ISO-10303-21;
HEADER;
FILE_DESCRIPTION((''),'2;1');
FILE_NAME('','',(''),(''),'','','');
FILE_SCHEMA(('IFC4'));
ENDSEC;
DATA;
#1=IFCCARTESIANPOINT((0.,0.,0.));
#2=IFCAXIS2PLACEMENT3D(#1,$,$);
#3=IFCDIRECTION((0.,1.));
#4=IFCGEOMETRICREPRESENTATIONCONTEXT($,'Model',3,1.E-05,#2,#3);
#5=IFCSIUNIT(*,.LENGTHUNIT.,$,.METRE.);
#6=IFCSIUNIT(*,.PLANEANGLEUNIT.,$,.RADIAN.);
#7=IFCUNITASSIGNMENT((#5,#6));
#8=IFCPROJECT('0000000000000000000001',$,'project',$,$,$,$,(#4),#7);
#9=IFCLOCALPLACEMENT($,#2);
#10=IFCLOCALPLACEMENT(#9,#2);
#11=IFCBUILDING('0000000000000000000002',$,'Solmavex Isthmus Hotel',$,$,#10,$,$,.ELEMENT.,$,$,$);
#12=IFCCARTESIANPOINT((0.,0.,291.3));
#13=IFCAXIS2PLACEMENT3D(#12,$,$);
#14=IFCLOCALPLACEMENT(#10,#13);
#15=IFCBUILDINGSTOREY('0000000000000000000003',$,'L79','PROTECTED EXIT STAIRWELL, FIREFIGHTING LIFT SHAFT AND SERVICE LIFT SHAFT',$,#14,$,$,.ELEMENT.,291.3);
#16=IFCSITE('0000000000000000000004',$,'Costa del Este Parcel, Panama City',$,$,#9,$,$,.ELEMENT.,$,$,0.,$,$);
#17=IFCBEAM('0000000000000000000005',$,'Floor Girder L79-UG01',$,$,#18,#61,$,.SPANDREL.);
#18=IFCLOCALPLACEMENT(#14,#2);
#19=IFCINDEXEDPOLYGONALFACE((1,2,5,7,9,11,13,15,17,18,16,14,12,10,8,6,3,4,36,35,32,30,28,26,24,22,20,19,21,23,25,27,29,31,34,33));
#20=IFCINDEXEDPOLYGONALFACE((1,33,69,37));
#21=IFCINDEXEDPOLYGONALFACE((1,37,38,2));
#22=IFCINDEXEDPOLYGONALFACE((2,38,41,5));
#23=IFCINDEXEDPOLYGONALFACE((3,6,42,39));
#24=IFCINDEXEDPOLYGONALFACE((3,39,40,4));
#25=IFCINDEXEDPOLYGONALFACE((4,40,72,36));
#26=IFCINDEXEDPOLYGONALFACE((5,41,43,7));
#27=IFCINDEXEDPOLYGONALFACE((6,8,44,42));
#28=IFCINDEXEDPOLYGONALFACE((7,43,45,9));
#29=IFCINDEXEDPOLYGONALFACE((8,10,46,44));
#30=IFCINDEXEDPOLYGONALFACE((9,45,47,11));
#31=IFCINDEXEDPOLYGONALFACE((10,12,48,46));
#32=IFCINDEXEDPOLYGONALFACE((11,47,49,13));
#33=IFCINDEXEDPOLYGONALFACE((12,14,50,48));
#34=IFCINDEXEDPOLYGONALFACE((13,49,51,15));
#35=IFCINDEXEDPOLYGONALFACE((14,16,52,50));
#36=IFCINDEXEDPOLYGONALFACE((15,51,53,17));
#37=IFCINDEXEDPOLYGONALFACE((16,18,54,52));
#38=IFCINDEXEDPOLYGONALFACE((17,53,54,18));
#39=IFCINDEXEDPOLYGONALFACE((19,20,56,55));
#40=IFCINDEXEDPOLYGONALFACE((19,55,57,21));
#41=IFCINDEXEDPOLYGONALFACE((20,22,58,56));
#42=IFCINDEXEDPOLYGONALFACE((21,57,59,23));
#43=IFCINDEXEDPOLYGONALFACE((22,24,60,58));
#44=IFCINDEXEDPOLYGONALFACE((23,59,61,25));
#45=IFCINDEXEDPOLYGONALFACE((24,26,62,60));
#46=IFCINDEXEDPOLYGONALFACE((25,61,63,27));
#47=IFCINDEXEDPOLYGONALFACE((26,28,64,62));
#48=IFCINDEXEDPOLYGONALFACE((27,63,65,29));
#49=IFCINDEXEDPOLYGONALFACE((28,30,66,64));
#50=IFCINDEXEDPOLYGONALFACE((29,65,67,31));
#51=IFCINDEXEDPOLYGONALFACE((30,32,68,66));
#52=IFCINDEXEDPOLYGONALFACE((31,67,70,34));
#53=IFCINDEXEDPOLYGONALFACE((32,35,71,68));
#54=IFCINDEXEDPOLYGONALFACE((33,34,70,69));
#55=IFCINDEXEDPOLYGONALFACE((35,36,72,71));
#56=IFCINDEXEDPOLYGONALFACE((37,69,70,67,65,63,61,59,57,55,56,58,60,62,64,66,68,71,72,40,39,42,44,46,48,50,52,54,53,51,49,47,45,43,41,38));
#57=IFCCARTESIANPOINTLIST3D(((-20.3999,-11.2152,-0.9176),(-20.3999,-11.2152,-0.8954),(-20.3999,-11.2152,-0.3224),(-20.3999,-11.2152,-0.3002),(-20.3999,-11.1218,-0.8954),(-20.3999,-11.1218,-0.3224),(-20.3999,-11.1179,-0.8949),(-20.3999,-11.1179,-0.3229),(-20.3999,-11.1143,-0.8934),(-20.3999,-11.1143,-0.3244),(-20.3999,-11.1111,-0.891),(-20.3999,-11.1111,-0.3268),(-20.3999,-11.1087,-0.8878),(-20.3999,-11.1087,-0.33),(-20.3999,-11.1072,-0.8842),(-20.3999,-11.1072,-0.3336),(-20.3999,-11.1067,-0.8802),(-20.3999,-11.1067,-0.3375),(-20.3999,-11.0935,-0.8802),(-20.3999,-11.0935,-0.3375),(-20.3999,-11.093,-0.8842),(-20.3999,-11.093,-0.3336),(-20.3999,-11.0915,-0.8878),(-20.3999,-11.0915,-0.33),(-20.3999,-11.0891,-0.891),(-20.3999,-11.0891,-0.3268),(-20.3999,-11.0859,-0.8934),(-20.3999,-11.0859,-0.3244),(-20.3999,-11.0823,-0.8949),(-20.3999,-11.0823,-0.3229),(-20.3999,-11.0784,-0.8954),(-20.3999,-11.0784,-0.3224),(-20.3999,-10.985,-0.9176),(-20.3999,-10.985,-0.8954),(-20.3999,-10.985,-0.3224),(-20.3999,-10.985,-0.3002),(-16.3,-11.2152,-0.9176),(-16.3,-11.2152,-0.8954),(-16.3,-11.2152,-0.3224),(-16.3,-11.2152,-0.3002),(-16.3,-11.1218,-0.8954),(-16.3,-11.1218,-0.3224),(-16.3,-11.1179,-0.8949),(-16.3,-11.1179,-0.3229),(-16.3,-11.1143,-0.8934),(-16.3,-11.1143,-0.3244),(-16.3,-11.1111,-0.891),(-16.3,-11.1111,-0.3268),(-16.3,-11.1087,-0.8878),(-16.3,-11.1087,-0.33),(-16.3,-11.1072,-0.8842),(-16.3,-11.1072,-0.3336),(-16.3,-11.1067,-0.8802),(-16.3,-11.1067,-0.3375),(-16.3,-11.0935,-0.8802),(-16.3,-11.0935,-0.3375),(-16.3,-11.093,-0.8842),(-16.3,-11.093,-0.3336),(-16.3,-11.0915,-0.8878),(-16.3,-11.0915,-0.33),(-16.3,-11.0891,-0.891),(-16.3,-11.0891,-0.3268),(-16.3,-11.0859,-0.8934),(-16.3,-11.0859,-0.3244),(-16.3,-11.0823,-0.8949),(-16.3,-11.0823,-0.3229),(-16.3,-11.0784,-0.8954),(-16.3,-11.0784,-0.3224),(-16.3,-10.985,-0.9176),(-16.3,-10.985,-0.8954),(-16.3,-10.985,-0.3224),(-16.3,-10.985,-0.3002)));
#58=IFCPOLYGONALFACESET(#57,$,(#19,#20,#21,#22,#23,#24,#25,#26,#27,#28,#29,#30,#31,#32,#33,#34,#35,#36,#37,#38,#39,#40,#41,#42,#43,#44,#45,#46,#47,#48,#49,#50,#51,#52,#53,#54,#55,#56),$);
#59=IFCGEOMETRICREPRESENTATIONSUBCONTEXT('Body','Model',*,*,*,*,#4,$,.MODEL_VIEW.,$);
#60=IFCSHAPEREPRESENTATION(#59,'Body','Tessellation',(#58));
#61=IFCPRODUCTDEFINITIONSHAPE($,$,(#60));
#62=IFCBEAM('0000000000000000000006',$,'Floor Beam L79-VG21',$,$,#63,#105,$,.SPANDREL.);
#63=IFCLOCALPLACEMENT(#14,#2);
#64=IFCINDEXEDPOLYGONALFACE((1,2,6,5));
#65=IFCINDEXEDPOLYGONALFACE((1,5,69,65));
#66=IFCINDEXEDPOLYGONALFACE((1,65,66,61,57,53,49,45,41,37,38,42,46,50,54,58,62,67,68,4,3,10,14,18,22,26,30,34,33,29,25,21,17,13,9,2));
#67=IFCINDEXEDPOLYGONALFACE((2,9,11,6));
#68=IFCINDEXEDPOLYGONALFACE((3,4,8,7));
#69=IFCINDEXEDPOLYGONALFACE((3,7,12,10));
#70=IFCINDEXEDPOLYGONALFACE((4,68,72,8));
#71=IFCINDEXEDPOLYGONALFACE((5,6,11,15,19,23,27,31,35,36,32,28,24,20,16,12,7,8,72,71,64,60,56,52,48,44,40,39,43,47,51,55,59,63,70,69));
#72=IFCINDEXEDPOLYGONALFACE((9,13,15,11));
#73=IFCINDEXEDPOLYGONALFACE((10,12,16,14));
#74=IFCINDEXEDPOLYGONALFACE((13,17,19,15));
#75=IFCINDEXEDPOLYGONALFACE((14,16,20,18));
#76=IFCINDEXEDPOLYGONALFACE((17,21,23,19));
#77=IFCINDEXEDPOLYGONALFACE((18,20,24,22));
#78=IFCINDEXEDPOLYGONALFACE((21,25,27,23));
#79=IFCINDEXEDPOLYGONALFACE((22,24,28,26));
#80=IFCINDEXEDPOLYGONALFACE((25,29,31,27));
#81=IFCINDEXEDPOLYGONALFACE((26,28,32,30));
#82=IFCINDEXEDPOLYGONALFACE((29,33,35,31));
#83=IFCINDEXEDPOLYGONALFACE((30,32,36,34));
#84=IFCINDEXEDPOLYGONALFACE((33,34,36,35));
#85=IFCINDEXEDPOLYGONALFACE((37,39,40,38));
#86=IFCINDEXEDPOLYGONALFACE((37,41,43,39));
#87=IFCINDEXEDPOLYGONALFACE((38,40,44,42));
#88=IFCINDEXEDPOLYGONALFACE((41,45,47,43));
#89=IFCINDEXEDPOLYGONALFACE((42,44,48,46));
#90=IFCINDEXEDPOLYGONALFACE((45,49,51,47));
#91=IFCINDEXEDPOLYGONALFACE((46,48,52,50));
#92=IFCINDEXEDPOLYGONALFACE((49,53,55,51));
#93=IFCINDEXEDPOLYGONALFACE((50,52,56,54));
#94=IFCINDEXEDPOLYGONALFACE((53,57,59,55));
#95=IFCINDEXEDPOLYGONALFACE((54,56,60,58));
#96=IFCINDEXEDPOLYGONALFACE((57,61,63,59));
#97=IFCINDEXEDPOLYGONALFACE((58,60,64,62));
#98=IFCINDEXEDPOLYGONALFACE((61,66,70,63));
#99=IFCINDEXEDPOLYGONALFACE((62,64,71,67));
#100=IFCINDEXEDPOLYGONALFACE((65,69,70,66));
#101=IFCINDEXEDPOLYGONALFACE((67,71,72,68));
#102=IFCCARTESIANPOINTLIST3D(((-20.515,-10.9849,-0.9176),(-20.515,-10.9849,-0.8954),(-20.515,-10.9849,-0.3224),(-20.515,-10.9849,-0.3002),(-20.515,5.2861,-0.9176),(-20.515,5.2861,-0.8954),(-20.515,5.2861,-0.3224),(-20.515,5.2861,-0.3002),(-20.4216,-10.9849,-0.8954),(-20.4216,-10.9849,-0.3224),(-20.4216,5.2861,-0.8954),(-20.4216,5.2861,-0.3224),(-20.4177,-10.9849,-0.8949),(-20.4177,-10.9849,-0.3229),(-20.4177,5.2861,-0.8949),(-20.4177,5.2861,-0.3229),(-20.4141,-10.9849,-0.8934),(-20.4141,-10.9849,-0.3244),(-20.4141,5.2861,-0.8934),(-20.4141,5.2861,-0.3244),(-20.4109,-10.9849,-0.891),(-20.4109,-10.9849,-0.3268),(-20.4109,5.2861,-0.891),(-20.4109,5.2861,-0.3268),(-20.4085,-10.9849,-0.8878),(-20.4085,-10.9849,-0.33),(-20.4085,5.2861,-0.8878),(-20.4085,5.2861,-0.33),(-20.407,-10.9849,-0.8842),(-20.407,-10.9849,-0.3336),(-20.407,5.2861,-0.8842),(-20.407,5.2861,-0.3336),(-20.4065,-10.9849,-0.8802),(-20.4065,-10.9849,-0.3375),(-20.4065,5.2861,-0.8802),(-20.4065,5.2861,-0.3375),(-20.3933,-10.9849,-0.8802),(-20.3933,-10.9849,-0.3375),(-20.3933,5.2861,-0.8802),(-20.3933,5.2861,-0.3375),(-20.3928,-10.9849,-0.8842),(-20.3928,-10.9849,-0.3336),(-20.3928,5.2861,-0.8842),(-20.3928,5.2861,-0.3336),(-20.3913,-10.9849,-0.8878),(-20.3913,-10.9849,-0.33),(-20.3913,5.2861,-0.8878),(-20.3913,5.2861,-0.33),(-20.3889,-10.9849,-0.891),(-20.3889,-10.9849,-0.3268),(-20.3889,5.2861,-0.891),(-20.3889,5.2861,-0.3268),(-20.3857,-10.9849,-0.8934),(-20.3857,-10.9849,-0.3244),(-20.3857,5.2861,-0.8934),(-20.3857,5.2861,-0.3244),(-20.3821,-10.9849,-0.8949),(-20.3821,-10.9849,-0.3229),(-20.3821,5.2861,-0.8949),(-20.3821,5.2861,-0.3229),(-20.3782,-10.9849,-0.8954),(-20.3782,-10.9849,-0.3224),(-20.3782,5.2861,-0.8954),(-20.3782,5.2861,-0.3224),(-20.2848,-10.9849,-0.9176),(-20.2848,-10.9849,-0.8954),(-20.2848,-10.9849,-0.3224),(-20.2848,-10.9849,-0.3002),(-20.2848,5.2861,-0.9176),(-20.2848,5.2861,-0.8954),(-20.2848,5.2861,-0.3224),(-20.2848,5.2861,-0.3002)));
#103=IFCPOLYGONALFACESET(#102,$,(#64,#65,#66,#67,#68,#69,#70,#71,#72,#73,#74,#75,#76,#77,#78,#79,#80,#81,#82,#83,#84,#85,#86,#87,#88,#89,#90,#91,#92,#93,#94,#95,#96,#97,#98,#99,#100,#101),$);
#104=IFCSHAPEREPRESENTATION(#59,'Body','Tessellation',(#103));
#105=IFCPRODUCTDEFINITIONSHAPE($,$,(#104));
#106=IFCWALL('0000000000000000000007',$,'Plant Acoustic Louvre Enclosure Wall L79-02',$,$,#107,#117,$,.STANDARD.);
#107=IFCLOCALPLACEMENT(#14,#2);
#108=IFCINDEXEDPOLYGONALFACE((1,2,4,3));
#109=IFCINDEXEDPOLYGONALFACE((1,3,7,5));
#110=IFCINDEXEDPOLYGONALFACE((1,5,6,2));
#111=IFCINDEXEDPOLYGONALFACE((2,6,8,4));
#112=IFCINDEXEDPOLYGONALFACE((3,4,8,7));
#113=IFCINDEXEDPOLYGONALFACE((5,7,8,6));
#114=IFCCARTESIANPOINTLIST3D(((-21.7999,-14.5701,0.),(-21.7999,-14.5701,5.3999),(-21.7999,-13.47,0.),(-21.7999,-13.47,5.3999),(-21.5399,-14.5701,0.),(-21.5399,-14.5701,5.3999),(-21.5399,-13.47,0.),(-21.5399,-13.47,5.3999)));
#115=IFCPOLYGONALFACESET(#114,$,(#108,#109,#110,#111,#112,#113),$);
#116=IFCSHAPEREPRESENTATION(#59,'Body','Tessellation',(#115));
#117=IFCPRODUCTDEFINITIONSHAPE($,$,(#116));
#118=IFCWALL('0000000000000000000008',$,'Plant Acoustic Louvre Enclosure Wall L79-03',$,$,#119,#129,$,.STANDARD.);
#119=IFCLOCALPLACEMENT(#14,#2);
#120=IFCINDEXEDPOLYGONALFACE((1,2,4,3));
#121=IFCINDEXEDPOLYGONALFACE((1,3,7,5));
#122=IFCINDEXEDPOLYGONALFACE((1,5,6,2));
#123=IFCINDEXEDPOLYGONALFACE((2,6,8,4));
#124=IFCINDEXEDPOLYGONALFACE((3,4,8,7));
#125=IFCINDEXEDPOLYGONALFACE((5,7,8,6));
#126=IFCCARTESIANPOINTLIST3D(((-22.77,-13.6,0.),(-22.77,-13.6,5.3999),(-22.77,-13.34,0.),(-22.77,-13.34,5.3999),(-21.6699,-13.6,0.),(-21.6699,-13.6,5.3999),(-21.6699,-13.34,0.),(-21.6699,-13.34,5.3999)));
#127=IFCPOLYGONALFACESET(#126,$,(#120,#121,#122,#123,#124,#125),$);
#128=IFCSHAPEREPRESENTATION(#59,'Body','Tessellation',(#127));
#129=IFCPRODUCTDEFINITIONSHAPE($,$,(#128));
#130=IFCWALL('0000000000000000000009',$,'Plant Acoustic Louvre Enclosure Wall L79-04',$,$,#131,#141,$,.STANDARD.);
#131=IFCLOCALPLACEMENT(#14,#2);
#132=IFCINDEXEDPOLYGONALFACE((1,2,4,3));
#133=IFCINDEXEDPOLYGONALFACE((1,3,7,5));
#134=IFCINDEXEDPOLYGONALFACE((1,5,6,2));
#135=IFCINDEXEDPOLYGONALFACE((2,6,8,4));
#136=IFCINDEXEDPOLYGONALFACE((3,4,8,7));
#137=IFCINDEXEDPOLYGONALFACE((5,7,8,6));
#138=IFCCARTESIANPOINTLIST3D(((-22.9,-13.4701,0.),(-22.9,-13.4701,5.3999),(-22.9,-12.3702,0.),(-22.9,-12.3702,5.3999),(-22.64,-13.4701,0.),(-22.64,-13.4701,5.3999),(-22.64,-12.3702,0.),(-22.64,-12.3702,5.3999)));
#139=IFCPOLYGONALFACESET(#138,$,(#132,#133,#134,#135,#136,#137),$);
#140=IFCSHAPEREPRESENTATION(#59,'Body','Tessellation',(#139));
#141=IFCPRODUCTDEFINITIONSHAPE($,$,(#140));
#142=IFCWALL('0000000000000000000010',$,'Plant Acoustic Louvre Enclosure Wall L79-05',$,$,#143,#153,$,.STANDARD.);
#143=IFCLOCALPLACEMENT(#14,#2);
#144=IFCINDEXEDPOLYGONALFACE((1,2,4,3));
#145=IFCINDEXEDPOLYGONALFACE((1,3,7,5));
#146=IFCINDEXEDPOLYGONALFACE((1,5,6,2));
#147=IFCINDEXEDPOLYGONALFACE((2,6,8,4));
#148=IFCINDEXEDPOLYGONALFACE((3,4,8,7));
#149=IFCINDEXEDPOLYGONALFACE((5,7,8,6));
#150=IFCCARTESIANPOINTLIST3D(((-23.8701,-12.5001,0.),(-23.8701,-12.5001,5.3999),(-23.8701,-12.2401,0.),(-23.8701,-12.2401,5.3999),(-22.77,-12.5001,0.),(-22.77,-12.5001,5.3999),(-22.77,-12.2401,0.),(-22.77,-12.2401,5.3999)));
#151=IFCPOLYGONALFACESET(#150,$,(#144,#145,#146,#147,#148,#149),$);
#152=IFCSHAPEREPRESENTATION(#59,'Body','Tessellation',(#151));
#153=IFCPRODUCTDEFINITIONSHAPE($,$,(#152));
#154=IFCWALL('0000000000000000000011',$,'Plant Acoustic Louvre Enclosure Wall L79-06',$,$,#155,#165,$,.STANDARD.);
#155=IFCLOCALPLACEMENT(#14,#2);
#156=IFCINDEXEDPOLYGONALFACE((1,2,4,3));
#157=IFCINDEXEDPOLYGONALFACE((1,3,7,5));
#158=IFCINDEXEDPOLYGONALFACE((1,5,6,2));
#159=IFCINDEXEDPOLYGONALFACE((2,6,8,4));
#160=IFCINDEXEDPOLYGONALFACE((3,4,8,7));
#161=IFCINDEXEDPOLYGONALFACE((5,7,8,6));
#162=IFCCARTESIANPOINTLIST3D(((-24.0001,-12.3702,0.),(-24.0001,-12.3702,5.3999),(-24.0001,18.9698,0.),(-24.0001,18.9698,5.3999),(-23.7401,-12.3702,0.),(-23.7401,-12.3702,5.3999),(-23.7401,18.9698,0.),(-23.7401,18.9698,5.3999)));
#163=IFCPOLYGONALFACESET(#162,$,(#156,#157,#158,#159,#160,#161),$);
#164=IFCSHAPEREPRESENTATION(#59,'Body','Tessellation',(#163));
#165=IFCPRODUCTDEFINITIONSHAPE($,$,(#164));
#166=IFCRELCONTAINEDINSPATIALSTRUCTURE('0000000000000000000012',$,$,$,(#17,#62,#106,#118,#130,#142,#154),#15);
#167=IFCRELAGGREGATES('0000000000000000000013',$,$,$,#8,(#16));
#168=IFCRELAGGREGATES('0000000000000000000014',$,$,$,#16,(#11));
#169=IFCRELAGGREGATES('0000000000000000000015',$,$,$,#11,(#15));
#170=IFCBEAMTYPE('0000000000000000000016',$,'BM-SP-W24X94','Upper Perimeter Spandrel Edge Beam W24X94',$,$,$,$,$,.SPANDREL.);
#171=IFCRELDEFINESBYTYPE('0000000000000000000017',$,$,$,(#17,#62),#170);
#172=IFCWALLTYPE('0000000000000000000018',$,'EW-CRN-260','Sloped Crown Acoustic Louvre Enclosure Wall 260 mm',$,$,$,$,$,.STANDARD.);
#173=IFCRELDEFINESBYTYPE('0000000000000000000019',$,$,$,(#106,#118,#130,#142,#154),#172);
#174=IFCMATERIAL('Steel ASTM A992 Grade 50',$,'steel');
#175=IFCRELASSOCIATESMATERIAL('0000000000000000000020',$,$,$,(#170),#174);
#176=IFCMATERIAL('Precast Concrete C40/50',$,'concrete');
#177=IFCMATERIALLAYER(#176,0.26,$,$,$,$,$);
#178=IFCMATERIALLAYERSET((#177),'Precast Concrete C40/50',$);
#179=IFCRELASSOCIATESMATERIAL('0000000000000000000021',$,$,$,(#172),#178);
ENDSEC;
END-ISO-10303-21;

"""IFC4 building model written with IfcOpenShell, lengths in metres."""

from ifc_helpers import new_model, si_unit, direction, frame, frame_2d, origin, origin_2d, place, context, subcontext, project, spatial, rectangle, i_section, extrude, material, layer, layer_set, material_profile, profile_set, type_object, element, save


model = new_model("IFC4")

# Units and contexts
model_context = context("Model", 3, precision=1e-05, world=origin(), true_north=direction((0.0, 1.0)))
body_context = subcontext(model_context, "Body", "Model", "MODEL_VIEW")
ifc_project = project(units=[si_unit("LENGTHUNIT", "METRE"), si_unit("PLANEANGLEUNIT", "RADIAN")], contexts=[model_context])

# Site, building, storey
site_placement = place(None, origin())
site = spatial("IfcSite", under=ifc_project, at=site_placement, Name="Costa del Este Parcel, Panama City", CompositionType="ELEMENT", RefElevation=0.0)
building_placement = place(site_placement, origin())
building = spatial("IfcBuilding", under=site, at=building_placement, Name="Solmavex Isthmus Hotel", CompositionType="ELEMENT")
storey_placement = place(building_placement, frame((0.0, 0.0, 291.3)))
storey = spatial("IfcBuildingStorey", under=building, at=storey_placement, Name="L79", Description="PROTECTED EXIT STAIRWELL, FIREFIGHTING LIFT SHAFT AND SERVICE LIFT SHAFT", CompositionType="ELEMENT", Elevation=291.3)

# Beams
ifc_material_1 = material(Name="Steel ASTM A992 Grade 50", Category="steel")
ifc_material_profile_1 = material_profile(ifc_material_1, i_section(OverallWidth=0.2302, OverallDepth=0.6174, WebThickness=0.0132, FlangeThickness=0.0222, FilletRadius=0.0151, at=origin_2d()), Name="W24X94")
ifc_profile_set_1 = profile_set([ifc_material_profile_1], Name="Steel ASTM A992 Grade 50")
beam_type_1 = type_object("IfcBeamType", Name="BM-SP-W24X94", Description="Upper Perimeter Spandrel Edge Beam W24X94", PredefinedType="SPANDREL", material=ifc_profile_set_1)
beam_1_placement = place(storey_placement, frame((-20.3999, -11.1001, -0.6089), z_axis=(1.0, 0.0, 0.0), x_axis=(0.0, 1.0, 0.0)))
element("IfcBeam", 1, at=beam_1_placement, inside=storey, type_object=beam_type_1, Name="Floor Girder L79-UG01", PredefinedType="SPANDREL", context=body_context, shape_type="SweptSolid", body=[
    extrude(i_section(OverallWidth=0.2302, OverallDepth=0.6174, WebThickness=0.0132, FlangeThickness=0.0222, FilletRadius=0.0151, at=origin_2d()), origin(), (0.0, 0.0, 1.0), 4.0999),
])
beam_2_placement = place(storey_placement, frame((-20.3999, -10.9849, -0.6089), z_axis=(0.0, 1.0, 0.0), x_axis=(-1.0, 0.0, 0.0)))
element("IfcBeam", 2, at=beam_2_placement, inside=storey, type_object=beam_type_1, Name="Floor Beam L79-VG21", PredefinedType="SPANDREL", context=body_context, shape_type="SweptSolid", body=[
    extrude(i_section(OverallWidth=0.2302, OverallDepth=0.6174, WebThickness=0.0132, FlangeThickness=0.0222, FilletRadius=0.0151, at=origin_2d()), origin(), (0.0, 0.0, 1.0), 16.271),
])

# Walls
ifc_material_2 = material(Name="Precast Concrete C40/50", Category="concrete")
ifc_layer_1 = layer(ifc_material_2, 0.26)
ifc_layer_set_1 = layer_set([ifc_layer_1], Name="Precast Concrete C40/50")
wall_type_1 = type_object("IfcWallType", Name="EW-CRN-260", Description="Sloped Crown Acoustic Louvre Enclosure Wall 260 mm", PredefinedType="STANDARD", material=ifc_layer_set_1)
for number, where, z_axis, x_axis, name in (
    (3, (-21.6699, -14.5701, 0.0), (0.0, 0.0, 1.0), (0.0, 1.0, 0.0), "Plant Acoustic Louvre Enclosure Wall L79-02"),
    (4, (-21.6699, -13.47, 0.0), (0.0, 0.0, 1.0), (-1.0, 0.0, 0.0), "Plant Acoustic Louvre Enclosure Wall L79-03"),
):
    element("IfcWall", number, at=place(storey_placement, frame(where, z_axis=z_axis, x_axis=x_axis)), inside=storey, type_object=wall_type_1, Name=name, PredefinedType="STANDARD", context=body_context, shape_type="SweptSolid", body=[
        extrude(rectangle(XDim=1.1001, YDim=0.26, at=frame_2d((0.55, 0.0))), origin(), (0.0, 0.0, 1.0), 5.3999),
    ])
wall_1_placement = place(storey_placement, frame((-22.77, -13.47, 0.0), z_axis=(0.0, 0.0, 1.0), x_axis=(0.0, 1.0, 0.0)))
element("IfcWall", 5, at=wall_1_placement, inside=storey, type_object=wall_type_1, Name="Plant Acoustic Louvre Enclosure Wall L79-04", PredefinedType="STANDARD", context=body_context, shape_type="SweptSolid", body=[
    extrude(rectangle(XDim=1.0999, YDim=0.26, at=frame_2d((0.5498, 0.0))), origin(), (0.0, 0.0, 1.0), 5.3999),
])
wall_2_placement = place(storey_placement, frame((-22.77, -12.3701, 0.0), z_axis=(0.0, 0.0, 1.0), x_axis=(-1.0, 0.0, 0.0)))
element("IfcWall", 6, at=wall_2_placement, inside=storey, type_object=wall_type_1, Name="Plant Acoustic Louvre Enclosure Wall L79-05", PredefinedType="STANDARD", context=body_context, shape_type="SweptSolid", body=[
    extrude(rectangle(XDim=1.1001, YDim=0.26, at=frame_2d((0.55, 0.0))), origin(), (0.0, 0.0, 1.0), 5.3999),
])
wall_3_placement = place(storey_placement, frame((-23.8701, -12.3701, 0.0), z_axis=(0.0, 0.0, 1.0), x_axis=(0.0, 1.0, 0.0)))
element("IfcWall", 7, at=wall_3_placement, inside=storey, type_object=wall_type_1, Name="Plant Acoustic Louvre Enclosure Wall L79-06", PredefinedType="STANDARD", context=body_context, shape_type="SweptSolid", body=[
    extrude(rectangle(XDim=31.3401, YDim=0.26, at=frame_2d((15.6699, 0.0))), origin(), (0.0, 0.0, 1.0), 5.3999),
])

save(model, "model.ifc")
